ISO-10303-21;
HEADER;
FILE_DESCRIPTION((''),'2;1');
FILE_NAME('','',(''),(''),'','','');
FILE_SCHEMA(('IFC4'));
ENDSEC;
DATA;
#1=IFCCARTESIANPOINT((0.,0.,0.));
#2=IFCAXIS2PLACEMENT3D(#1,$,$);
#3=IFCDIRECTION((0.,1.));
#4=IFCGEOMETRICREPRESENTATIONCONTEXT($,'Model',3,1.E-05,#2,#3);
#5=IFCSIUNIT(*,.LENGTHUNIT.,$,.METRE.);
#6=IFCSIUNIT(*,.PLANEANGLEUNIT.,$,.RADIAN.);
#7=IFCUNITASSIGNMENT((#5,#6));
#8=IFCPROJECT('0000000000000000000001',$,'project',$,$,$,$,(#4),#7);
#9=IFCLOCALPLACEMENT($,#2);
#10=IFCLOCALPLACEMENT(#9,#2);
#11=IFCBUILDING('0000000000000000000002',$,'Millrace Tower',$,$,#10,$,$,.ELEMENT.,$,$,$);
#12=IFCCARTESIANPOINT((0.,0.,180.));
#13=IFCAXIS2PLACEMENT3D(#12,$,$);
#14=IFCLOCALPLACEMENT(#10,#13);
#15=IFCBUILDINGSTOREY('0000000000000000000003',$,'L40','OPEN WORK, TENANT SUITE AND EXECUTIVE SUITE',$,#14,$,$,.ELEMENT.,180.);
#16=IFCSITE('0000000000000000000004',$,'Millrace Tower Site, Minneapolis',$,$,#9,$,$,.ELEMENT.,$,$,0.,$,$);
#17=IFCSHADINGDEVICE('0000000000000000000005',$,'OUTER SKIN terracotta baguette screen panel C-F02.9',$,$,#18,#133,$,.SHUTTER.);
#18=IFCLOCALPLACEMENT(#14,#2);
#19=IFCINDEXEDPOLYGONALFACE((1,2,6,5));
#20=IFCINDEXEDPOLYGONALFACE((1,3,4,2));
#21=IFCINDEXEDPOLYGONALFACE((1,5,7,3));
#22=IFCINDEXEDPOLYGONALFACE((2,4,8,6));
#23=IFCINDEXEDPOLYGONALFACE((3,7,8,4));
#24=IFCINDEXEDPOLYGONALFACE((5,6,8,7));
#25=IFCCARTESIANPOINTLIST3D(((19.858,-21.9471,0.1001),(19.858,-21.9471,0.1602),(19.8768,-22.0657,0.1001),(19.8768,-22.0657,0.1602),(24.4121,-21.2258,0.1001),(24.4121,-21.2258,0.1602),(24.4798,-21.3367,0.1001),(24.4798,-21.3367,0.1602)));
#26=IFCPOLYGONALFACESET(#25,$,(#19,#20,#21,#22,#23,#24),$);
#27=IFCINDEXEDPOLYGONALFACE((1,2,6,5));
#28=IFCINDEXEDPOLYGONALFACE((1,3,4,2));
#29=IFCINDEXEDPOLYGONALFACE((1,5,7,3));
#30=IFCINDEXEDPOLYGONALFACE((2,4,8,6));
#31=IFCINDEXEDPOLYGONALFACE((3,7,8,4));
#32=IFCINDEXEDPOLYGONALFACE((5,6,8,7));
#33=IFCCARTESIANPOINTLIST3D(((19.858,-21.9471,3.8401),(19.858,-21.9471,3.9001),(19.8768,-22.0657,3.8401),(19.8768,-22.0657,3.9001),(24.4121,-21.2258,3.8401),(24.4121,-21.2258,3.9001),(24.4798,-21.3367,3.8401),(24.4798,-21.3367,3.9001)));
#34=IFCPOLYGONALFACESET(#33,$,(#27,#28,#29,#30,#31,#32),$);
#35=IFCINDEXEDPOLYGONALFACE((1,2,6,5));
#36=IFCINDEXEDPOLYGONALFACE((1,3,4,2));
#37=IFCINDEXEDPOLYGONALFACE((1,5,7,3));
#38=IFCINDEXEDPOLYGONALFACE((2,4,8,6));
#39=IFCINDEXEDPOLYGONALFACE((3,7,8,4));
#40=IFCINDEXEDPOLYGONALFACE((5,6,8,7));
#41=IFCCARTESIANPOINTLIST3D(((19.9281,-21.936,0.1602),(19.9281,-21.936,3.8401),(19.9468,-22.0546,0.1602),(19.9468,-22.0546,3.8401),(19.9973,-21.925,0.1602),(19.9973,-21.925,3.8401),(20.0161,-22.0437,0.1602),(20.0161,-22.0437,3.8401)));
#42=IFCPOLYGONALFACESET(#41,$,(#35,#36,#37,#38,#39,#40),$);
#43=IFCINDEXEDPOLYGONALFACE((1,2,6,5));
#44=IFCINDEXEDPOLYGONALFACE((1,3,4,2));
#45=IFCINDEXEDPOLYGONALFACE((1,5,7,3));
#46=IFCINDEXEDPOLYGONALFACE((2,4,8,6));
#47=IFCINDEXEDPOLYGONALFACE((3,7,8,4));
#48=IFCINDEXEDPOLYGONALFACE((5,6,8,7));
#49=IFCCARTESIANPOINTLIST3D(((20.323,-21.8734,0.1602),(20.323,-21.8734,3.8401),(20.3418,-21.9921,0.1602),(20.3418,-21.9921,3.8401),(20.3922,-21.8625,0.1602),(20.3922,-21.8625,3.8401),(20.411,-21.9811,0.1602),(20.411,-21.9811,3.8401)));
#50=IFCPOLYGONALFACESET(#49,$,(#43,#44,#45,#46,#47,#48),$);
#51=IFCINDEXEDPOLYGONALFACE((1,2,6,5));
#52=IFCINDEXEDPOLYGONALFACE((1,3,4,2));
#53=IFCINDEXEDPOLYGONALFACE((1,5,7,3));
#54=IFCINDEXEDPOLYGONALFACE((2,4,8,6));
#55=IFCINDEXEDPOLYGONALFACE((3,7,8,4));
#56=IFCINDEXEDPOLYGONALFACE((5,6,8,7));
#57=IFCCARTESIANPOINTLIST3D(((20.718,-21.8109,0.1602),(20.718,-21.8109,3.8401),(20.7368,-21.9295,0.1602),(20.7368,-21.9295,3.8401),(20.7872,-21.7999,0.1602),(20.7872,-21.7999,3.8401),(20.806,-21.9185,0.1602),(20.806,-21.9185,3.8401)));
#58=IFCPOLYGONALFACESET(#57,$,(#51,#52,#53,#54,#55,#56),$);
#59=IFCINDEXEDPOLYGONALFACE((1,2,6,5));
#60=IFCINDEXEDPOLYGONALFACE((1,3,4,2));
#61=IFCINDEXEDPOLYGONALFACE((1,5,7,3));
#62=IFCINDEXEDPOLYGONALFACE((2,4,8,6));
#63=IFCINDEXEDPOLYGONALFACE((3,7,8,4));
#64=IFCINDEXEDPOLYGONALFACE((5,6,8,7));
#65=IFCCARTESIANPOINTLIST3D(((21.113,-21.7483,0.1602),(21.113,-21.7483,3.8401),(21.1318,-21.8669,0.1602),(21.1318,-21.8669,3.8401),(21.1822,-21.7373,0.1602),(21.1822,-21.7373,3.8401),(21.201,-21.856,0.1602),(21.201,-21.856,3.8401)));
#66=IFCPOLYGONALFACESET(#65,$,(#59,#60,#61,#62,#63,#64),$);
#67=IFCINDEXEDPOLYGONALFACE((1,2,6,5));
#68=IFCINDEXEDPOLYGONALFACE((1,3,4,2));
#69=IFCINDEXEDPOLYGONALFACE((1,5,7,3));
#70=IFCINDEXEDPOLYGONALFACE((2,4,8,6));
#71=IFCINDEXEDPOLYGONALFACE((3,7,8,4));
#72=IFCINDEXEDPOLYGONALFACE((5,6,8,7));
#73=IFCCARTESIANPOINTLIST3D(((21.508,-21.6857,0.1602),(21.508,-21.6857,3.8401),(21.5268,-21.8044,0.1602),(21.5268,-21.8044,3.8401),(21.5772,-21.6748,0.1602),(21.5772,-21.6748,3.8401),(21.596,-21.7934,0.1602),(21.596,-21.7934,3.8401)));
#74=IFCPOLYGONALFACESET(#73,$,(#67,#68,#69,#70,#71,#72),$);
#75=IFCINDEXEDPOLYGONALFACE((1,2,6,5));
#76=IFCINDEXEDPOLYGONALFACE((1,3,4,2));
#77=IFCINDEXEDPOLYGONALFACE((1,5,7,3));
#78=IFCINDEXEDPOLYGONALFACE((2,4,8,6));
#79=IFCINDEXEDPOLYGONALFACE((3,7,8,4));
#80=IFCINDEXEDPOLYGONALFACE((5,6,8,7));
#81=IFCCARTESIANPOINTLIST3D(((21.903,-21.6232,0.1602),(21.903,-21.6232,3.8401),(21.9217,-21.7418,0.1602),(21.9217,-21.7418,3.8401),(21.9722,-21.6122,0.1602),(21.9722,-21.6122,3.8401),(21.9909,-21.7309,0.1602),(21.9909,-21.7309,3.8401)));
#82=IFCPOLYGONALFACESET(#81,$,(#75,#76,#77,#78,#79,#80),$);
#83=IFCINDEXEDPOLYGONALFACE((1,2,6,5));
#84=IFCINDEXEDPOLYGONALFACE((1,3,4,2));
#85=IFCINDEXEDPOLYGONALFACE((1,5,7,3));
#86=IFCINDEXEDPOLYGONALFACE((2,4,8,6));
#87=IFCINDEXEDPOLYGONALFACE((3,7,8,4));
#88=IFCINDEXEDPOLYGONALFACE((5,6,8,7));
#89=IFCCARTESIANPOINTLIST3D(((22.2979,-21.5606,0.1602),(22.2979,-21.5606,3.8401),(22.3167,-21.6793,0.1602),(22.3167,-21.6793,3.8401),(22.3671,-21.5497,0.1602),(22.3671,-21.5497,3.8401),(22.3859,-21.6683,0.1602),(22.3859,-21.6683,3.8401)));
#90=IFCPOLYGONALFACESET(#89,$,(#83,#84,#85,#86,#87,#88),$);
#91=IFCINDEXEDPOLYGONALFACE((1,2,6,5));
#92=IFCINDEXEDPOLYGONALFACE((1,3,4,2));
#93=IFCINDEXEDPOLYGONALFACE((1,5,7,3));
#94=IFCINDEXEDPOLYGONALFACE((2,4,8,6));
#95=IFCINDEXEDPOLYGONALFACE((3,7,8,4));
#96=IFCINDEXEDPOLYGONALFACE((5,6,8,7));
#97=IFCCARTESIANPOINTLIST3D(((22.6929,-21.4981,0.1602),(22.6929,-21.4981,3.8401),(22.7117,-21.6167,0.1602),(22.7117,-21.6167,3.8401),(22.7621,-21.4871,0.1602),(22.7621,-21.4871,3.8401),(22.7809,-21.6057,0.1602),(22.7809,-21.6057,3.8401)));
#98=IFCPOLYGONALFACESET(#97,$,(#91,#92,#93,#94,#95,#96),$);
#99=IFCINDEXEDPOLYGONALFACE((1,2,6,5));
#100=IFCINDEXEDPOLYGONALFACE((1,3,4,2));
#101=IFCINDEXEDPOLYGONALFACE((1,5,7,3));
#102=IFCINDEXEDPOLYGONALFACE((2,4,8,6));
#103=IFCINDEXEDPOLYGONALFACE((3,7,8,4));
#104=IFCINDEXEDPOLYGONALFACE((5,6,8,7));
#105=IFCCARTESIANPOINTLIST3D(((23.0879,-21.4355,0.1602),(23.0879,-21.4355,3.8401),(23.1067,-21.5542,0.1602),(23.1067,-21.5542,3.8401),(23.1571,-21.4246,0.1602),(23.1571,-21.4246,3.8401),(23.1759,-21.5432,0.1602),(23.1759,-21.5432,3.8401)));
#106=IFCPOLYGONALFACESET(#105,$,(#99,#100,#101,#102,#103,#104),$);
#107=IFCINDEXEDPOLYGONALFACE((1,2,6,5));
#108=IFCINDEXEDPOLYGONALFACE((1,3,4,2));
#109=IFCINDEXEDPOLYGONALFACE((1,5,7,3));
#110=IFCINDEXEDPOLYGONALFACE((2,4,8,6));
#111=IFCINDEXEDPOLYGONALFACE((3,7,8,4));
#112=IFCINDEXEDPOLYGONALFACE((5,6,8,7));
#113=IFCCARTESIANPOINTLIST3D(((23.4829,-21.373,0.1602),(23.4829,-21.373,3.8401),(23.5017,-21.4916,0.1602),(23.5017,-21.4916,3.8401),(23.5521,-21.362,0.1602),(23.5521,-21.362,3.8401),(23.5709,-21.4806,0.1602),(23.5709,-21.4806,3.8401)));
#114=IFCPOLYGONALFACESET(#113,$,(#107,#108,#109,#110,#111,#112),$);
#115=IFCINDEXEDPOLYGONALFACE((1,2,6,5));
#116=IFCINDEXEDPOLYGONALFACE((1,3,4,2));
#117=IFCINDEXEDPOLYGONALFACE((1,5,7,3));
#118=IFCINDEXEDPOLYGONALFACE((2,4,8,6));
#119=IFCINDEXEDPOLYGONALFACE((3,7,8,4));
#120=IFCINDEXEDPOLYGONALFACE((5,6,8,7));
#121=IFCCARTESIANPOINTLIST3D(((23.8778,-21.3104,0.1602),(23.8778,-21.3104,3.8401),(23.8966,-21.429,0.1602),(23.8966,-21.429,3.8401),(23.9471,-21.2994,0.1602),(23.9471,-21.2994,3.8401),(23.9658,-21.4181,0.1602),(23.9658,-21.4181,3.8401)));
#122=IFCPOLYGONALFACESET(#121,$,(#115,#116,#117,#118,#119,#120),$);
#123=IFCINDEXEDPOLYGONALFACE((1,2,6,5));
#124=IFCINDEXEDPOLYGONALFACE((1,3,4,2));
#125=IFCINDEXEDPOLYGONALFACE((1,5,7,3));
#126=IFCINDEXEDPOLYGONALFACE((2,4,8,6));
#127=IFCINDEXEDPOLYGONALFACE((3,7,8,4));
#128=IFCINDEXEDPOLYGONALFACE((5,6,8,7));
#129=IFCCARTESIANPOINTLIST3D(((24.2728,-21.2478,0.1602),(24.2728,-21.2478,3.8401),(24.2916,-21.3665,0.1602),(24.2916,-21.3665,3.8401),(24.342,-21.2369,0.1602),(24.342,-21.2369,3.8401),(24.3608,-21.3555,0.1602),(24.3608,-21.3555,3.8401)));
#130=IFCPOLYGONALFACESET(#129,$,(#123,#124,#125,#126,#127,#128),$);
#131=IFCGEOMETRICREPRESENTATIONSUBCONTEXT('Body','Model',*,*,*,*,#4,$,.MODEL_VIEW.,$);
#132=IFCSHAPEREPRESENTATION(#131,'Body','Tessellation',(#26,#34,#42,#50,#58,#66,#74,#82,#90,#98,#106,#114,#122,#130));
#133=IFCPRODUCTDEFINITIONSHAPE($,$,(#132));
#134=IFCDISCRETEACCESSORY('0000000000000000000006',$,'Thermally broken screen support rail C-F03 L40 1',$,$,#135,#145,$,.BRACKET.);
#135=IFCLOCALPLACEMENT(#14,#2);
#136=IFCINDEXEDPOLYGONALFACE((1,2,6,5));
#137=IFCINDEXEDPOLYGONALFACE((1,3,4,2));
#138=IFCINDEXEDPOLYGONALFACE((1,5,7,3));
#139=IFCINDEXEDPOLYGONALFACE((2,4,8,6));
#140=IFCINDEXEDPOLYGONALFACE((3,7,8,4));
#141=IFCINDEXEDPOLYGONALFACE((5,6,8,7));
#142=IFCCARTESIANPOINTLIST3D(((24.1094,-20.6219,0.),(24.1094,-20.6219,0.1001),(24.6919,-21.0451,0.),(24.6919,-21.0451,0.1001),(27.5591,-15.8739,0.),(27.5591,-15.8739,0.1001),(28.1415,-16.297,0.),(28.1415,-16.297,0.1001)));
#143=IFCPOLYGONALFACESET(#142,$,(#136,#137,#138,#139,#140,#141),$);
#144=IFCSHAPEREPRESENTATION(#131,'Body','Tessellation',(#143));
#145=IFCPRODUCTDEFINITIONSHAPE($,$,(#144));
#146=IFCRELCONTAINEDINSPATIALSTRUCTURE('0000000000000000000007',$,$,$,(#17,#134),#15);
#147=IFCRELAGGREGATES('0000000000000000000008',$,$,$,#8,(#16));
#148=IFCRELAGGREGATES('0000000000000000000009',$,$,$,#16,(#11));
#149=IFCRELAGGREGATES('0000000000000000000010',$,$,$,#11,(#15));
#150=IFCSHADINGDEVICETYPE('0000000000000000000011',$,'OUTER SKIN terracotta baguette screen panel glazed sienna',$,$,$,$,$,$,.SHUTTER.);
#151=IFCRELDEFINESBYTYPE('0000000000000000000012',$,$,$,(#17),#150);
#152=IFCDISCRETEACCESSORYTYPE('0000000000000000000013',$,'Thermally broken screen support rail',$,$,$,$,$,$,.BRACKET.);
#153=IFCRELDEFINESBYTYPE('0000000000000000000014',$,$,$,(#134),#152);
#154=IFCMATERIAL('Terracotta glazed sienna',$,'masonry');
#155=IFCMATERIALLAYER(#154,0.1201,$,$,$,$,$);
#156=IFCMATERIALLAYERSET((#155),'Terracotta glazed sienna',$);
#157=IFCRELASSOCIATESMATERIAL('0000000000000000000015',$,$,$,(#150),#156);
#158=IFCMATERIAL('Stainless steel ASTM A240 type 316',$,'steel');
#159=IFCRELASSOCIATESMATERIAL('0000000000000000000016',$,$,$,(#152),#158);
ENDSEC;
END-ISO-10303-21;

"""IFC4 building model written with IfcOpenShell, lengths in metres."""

from ifc_helpers import new_model, entity, si_unit, direction, frame, frame_2d, origin, origin_2d, place, context, subcontext, project, spatial, rectangle, extrude, source, transform, mapped, material, layer, layer_set, type_object, element, save


model = new_model("IFC4")

# Units and contexts
model_context = context("Model", 3, precision=1e-05, world=origin(), true_north=direction((0.0, 1.0)))
body_context = subcontext(model_context, "Body", "Model", "MODEL_VIEW")
ifc_project = project(units=[si_unit("LENGTHUNIT", "METRE"), si_unit("PLANEANGLEUNIT", "RADIAN")], contexts=[model_context])

# Site, building, storey
site_placement = place(None, origin())
site = spatial("IfcSite", under=ifc_project, at=site_placement, Name="Millrace Tower Site, Minneapolis", CompositionType="ELEMENT", RefElevation=0.0)
building_placement = place(site_placement, origin())
building = spatial("IfcBuilding", under=site, at=building_placement, Name="Millrace Tower", CompositionType="ELEMENT")
storey_placement = place(building_placement, frame((0.0, 0.0, 180.0)))
storey = spatial("IfcBuildingStorey", under=building, at=storey_placement, Name="L40", Description="OPEN WORK, TENANT SUITE AND EXECUTIVE SUITE", CompositionType="ELEMENT", Elevation=180.0)

# Shading device
ifc_material_1 = material(Name="Terracotta glazed sienna", Category="masonry")
ifc_layer_1 = layer(ifc_material_1, 0.1201)
ifc_layer_set_1 = layer_set([ifc_layer_1], Name="Terracotta glazed sienna")
shading_device_type = type_object("IfcShadingDeviceType", Name="OUTER SKIN terracotta baguette screen panel glazed sienna", PredefinedType="SHUTTER", material=ifc_layer_set_1)
cartesian_point_1 = entity("IfcCartesianPoint", [-2.3179, 0.0601])
shared_polyline_1 = entity("IfcPolyline", [cartesian_point_1, entity("IfcCartesianPoint", [2.293, 0.0601]), entity("IfcCartesianPoint", [2.3425, -0.0601]), entity("IfcCartesianPoint", [-2.3179, -0.0601]), cartesian_point_1])
shared_shape_1 = source(origin(), body_context, "Body", "SweptSolid", [
    entity("IfcExtrudedAreaSolid", entity("IfcArbitraryClosedProfileDef", "AREA", None, shared_polyline_1), entity("IfcAxis2Placement3D", entity("IfcCartesianPoint", [0.0, 0.0, 0.0])), entity("IfcDirection", [0.0, 0.0, 1.0]), 0.0601),
    entity("IfcExtrudedAreaSolid", entity("IfcArbitraryClosedProfileDef", "AREA", None, shared_polyline_1), entity("IfcAxis2Placement3D", entity("IfcCartesianPoint", [0.0, 0.0, 3.74])), entity("IfcDirection", [0.0, 0.0, 1.0]), 0.0601),
    extrude(rectangle(XDim=0.0701, YDim=0.1201, at=frame_2d((-2.2119, 0.0))), frame((0.0, 0.0, 0.0601)), (0.0, 0.0, 1.0), 3.6799),
    extrude(rectangle(XDim=0.0701, YDim=0.1201, at=frame_2d((-1.812, 0.0))), frame((0.0, 0.0, 0.0601)), (0.0, 0.0, 1.0), 3.6799),
    extrude(rectangle(XDim=0.0701, YDim=0.1201, at=frame_2d((-1.4121, 0.0))), frame((0.0, 0.0, 0.0601)), (0.0, 0.0, 1.0), 3.6799),
    extrude(rectangle(XDim=0.0701, YDim=0.1201, at=frame_2d((-1.0122, 0.0))), frame((0.0, 0.0, 0.0601)), (0.0, 0.0, 1.0), 3.6799),
    extrude(rectangle(XDim=0.0701, YDim=0.1201, at=frame_2d((-0.6123, 0.0))), frame((0.0, 0.0, 0.0601)), (0.0, 0.0, 1.0), 3.6799),
    extrude(rectangle(XDim=0.0701, YDim=0.1201, at=frame_2d((-0.2124, 0.0))), frame((0.0, 0.0, 0.0601)), (0.0, 0.0, 1.0), 3.6799),
    extrude(rectangle(XDim=0.0701, YDim=0.1201, at=frame_2d((0.1875, 0.0))), frame((0.0, 0.0, 0.0601)), (0.0, 0.0, 1.0), 3.6799),
    extrude(rectangle(XDim=0.0701, YDim=0.1201, at=frame_2d((0.5874, 0.0))), frame((0.0, 0.0, 0.0601)), (0.0, 0.0, 1.0), 3.6799),
    extrude(rectangle(XDim=0.0701, YDim=0.1201, at=frame_2d((0.9873, 0.0))), frame((0.0, 0.0, 0.0601)), (0.0, 0.0, 1.0), 3.6799),
    extrude(rectangle(XDim=0.0701, YDim=0.1201, at=frame_2d((1.3872, 0.0))), frame((0.0, 0.0, 0.0601)), (0.0, 0.0, 1.0), 3.6799),
    extrude(rectangle(XDim=0.0701, YDim=0.1201, at=frame_2d((1.7871, 0.0))), frame((0.0, 0.0, 0.0601)), (0.0, 0.0, 1.0), 3.6799),
    extrude(rectangle(XDim=0.0701, YDim=0.1201, at=frame_2d((2.187, 0.0))), frame((0.0, 0.0, 0.0601)), (0.0, 0.0, 1.0), 3.6799),
])
shading_device_1_placement = place(storey_placement, frame((22.1567, -21.6438, 0.1001), z_axis=(0.0, 0.0, 1.0), x_axis=(0.987688, 0.156434, 0.0)))
element("IfcShadingDevice", 1, at=shading_device_1_placement, inside=storey, type_object=shading_device_type, Name="OUTER SKIN terracotta baguette screen panel C-F02.9", PredefinedType="SHUTTER", context=body_context, shape_type="MappedRepresentation", body=[
    mapped(shared_shape_1, transform((0.0, 0.0, 0.0), scale=1.0)),
])

# Discrete accessory
ifc_material_2 = material(Name="Stainless steel ASTM A240 type 316", Category="steel")
discrete_accessory_type = type_object("IfcDiscreteAccessoryType", Name="Thermally broken screen support rail", PredefinedType="BRACKET", material=ifc_material_2)
discrete_accessory_placement = place(storey_placement, frame((26.1255, -18.4595, 0.0), z_axis=(0.0, 0.0, 1.0), x_axis=(0.587785, 0.809017, 0.0)))
element("IfcDiscreteAccessory", 2, at=discrete_accessory_placement, inside=storey, type_object=discrete_accessory_type, Name="Thermally broken screen support rail C-F03 L40 1", PredefinedType="BRACKET", context=body_context, shape_type="SweptSolid", body=[
    extrude(rectangle(XDim=5.8689, YDim=0.72, at=origin_2d()), origin(), (0.0, 0.0, 1.0), 0.1001),
])

save(model, "model.ifc")
